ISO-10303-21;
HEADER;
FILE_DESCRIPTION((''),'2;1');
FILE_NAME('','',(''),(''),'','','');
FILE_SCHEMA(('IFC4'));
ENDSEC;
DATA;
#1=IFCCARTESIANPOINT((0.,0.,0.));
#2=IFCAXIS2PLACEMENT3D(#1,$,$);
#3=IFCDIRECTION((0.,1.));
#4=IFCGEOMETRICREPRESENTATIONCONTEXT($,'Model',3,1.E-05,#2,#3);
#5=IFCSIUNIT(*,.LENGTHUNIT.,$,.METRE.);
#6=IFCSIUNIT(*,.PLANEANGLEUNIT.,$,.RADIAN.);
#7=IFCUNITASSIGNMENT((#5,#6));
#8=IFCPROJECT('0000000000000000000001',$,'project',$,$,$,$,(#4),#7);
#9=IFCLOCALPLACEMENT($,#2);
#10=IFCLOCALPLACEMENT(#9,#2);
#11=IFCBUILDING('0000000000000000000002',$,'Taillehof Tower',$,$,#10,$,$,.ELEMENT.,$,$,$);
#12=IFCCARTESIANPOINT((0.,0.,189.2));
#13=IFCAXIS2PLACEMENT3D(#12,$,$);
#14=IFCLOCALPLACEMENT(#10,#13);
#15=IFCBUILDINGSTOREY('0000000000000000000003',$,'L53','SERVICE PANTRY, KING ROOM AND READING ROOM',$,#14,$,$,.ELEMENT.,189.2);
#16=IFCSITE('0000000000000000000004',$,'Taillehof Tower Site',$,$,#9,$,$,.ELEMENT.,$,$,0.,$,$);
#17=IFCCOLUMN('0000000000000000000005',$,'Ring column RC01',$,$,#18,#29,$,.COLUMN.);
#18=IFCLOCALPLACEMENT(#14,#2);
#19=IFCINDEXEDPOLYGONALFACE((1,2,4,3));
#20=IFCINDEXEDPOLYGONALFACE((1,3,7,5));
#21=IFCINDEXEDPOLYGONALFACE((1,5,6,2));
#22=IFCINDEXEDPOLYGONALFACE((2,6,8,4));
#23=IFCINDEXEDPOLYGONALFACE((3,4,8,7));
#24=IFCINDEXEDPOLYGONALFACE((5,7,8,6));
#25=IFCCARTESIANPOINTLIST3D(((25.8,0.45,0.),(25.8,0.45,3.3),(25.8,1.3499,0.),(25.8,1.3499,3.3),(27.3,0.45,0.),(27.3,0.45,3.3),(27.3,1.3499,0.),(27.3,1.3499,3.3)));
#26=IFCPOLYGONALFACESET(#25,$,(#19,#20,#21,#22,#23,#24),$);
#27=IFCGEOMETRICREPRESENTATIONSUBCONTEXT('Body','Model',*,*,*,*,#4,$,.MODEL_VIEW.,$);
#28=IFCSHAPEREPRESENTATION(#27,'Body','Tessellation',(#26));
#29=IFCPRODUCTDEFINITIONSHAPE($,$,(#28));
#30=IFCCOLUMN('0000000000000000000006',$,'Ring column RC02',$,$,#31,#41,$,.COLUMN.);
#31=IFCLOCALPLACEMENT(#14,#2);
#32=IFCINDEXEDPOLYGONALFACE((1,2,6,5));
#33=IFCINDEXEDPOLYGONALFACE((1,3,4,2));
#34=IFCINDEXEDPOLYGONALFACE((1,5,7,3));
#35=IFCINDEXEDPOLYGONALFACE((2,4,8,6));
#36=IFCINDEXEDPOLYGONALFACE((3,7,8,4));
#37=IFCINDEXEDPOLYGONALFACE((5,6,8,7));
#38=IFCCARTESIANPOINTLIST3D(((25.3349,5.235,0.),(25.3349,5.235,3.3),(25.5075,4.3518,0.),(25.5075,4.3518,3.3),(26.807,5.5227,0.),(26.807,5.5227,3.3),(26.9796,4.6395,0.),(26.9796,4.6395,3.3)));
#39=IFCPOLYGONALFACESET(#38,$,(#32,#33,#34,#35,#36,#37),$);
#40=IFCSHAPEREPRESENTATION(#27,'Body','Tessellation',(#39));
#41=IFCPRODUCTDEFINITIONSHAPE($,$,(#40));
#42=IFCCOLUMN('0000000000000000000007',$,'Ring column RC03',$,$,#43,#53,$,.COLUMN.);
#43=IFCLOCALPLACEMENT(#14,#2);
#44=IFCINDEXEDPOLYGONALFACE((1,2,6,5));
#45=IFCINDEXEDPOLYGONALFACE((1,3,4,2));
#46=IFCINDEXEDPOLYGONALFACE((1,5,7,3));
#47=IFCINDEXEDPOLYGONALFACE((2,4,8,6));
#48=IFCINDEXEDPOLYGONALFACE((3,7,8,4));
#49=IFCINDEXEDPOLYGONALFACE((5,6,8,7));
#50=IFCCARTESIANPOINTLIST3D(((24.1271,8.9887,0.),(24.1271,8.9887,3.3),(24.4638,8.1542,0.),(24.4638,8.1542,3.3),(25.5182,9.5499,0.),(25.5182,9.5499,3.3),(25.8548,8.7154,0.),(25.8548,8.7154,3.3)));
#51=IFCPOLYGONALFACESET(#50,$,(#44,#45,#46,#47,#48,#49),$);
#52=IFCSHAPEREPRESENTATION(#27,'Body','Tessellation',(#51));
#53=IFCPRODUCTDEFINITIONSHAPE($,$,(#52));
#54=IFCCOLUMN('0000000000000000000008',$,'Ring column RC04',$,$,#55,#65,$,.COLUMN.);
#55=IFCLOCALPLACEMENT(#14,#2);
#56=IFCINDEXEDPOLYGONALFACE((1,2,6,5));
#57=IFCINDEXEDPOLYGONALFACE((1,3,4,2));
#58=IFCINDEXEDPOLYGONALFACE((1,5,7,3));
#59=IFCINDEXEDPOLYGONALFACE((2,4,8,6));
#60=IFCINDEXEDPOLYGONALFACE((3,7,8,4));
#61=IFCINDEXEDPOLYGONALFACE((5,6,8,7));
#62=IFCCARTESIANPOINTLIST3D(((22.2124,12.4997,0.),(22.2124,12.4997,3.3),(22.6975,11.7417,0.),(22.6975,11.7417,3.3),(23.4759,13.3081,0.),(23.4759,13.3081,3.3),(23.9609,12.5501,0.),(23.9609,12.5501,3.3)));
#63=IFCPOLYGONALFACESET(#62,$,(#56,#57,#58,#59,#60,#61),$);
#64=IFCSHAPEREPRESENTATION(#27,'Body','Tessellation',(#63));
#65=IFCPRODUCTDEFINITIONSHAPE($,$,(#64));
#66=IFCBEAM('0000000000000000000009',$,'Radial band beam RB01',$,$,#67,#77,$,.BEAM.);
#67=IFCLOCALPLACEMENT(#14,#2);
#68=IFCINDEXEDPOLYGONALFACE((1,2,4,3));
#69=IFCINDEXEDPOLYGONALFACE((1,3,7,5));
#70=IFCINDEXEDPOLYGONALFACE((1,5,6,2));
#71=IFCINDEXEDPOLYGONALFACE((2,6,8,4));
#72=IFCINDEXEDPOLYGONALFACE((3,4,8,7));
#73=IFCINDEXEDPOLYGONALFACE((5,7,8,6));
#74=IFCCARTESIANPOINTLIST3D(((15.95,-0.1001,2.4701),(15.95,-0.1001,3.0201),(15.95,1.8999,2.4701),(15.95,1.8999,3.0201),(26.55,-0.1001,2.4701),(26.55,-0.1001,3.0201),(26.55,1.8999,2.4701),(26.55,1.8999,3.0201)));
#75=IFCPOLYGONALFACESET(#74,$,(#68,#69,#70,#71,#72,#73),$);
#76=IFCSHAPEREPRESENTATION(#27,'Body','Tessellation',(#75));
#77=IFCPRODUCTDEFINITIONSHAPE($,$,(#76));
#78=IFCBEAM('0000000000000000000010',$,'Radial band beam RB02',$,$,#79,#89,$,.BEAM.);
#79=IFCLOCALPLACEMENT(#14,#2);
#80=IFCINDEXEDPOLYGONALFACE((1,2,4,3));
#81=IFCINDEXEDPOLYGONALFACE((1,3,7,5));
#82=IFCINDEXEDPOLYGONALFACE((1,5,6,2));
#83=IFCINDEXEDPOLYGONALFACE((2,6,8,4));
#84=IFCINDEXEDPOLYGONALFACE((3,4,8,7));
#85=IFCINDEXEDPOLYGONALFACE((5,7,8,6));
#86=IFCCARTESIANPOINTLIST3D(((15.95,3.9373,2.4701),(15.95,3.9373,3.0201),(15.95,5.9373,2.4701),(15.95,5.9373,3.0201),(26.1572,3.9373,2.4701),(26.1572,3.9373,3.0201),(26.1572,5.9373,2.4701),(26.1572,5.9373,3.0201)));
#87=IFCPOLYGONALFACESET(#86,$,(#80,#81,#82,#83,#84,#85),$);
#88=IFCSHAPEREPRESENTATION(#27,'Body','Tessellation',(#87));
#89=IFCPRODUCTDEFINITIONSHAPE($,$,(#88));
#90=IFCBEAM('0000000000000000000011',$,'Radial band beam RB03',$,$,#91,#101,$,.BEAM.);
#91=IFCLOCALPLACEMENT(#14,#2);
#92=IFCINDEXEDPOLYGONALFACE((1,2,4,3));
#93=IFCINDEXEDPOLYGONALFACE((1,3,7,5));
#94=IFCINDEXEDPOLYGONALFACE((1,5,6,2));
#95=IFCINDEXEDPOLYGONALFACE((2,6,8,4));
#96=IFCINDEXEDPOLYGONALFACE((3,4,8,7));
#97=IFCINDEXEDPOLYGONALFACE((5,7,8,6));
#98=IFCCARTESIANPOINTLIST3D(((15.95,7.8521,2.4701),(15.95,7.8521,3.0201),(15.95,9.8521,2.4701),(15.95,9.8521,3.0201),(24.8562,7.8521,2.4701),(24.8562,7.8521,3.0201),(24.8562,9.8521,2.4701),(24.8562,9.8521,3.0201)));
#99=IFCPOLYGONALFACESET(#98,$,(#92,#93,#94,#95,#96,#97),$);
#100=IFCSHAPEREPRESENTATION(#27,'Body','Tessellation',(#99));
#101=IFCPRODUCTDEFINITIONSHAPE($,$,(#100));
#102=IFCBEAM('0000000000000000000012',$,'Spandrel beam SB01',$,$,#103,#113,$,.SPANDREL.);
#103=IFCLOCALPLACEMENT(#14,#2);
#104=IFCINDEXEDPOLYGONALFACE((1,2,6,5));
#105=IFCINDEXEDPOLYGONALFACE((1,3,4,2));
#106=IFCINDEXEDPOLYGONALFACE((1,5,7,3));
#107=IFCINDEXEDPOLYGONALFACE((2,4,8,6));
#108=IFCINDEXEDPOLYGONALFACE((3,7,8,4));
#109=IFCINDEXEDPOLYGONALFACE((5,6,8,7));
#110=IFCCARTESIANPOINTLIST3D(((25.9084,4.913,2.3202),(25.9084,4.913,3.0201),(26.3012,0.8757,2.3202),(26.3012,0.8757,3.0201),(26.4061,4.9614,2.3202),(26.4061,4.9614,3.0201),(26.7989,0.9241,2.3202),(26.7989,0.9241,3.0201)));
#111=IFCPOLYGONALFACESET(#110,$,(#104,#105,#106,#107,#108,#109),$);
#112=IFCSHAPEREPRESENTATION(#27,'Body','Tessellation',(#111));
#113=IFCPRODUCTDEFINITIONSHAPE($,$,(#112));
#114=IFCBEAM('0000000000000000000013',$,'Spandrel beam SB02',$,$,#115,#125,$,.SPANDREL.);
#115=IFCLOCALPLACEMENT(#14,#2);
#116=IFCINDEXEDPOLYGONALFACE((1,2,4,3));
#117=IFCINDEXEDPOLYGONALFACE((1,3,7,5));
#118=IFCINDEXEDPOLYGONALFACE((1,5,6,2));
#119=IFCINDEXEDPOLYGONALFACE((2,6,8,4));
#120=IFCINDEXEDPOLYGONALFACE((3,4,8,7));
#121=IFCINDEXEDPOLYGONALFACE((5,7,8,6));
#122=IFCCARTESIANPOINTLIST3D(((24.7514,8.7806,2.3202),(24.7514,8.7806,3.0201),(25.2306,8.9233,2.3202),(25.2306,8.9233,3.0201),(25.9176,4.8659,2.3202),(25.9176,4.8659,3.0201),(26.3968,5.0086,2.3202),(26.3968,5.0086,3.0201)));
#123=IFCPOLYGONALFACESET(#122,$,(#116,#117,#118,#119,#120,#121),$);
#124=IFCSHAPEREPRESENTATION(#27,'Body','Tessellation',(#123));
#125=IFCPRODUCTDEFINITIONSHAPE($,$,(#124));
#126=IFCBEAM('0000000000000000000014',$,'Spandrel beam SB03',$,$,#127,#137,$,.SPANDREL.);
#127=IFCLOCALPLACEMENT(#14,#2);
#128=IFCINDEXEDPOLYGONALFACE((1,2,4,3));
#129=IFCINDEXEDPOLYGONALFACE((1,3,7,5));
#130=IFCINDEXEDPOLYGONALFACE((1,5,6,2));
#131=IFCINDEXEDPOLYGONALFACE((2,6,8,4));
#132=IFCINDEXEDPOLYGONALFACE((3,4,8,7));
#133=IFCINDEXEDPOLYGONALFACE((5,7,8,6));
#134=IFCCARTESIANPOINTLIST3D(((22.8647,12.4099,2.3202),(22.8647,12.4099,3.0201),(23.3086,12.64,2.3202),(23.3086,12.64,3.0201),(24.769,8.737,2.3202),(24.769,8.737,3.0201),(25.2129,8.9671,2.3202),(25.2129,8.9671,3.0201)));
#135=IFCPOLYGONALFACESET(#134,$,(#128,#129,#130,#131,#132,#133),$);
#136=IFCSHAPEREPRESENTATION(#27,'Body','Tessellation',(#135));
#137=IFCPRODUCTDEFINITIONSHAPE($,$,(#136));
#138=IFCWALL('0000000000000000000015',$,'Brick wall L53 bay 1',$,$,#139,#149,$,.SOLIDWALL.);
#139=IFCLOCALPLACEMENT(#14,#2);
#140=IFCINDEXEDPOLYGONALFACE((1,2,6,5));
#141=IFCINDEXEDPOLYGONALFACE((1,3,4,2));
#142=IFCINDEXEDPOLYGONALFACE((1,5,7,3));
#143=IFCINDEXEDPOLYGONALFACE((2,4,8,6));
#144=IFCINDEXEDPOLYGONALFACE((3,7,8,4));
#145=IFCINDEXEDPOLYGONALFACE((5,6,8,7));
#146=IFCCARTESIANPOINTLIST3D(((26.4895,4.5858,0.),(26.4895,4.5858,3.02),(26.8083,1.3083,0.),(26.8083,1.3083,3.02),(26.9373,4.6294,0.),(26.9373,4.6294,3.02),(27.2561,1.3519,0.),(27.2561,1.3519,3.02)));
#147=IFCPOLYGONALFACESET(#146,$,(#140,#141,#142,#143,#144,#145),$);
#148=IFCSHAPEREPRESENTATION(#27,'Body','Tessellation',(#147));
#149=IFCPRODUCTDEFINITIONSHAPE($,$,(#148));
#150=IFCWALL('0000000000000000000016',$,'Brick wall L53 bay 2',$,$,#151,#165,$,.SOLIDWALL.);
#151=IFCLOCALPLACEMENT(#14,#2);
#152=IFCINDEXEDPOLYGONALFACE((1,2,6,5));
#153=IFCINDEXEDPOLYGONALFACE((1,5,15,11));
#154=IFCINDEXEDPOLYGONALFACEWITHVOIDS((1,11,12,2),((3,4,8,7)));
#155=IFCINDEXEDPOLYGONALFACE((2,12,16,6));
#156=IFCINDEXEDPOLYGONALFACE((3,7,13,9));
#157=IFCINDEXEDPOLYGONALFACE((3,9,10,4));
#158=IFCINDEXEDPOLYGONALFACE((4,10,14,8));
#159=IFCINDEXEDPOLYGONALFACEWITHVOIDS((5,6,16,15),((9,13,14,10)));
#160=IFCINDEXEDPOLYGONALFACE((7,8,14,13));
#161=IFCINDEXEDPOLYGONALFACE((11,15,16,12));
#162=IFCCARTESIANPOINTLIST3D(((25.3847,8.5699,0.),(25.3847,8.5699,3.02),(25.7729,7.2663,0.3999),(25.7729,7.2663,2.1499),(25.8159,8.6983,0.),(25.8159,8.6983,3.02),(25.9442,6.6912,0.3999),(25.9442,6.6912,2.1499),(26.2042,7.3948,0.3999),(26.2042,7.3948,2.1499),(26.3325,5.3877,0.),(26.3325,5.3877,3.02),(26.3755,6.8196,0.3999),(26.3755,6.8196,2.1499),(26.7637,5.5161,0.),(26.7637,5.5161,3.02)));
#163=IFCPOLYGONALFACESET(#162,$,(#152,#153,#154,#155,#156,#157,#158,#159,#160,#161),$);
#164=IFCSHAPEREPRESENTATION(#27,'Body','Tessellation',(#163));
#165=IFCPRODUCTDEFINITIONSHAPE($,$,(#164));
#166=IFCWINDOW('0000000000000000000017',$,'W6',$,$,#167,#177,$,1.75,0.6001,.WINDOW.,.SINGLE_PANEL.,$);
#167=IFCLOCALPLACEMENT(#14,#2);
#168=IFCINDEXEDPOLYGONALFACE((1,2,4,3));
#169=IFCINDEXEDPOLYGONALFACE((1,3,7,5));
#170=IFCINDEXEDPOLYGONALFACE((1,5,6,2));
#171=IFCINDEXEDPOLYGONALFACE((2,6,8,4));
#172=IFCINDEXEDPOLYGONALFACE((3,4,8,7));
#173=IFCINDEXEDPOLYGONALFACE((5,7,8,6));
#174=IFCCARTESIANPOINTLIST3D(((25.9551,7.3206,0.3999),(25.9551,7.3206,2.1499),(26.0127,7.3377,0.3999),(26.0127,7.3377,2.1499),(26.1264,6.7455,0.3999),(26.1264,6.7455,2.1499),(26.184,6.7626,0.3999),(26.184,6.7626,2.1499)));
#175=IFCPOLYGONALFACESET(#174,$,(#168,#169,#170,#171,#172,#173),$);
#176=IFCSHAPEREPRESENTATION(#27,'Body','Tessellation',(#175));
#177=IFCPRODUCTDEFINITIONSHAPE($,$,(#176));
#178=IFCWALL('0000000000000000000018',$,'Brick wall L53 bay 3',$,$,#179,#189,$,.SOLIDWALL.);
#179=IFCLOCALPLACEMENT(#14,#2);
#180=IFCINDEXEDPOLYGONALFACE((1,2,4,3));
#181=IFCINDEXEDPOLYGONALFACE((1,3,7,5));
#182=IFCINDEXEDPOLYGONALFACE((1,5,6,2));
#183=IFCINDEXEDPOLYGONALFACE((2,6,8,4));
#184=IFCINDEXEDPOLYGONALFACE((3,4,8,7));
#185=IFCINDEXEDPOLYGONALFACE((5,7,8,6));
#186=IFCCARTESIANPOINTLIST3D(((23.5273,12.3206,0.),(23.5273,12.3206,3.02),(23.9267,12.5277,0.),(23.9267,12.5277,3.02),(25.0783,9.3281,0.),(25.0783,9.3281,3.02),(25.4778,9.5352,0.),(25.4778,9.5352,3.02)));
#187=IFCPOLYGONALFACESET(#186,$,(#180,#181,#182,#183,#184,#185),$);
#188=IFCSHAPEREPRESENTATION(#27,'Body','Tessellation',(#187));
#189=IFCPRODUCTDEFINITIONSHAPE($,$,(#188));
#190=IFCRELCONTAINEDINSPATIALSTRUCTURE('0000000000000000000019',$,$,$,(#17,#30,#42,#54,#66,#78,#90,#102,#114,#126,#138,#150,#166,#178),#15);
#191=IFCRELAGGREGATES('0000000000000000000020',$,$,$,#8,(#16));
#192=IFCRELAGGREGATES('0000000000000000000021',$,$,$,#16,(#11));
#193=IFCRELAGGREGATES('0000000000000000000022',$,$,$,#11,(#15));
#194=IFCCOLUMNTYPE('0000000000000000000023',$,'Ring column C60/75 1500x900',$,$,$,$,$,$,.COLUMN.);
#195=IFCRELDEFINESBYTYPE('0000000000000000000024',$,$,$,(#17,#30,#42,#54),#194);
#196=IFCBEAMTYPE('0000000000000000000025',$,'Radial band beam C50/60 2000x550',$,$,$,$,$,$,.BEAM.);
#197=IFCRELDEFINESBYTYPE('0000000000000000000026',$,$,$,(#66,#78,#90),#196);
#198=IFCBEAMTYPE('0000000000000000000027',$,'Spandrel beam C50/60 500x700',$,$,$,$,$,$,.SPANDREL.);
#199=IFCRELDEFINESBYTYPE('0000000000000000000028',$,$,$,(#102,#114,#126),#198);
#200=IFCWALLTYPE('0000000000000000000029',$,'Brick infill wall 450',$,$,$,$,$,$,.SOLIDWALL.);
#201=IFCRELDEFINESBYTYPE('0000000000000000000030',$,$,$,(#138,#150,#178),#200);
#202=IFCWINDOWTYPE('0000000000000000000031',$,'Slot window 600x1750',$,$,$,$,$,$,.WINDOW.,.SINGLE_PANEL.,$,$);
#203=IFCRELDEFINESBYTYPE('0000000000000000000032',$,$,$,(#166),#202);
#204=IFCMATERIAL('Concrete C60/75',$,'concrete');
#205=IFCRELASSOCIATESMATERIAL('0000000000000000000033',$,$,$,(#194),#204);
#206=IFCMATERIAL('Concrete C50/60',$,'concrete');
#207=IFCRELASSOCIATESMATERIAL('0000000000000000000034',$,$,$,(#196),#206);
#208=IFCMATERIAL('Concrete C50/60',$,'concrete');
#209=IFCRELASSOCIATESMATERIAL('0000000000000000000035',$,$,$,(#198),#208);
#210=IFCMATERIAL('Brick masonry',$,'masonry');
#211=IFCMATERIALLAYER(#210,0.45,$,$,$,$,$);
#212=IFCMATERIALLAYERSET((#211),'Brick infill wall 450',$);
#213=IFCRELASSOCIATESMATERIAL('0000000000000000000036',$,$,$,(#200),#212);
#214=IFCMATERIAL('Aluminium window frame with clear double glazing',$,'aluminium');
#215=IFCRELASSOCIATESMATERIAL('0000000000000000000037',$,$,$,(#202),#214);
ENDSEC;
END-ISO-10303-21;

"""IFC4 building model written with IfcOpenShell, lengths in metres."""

from ifc_helpers import new_model, si_unit, direction, frame, frame_2d, origin, origin_2d, place, context, subcontext, project, spatial, rectangle, extrude, material, layer, layer_set, material_profile, profile_set, type_object, element, fill, save


model = new_model("IFC4")

# Units and contexts
model_context = context("Model", 3, precision=1e-05, world=origin(), true_north=direction((0.0, 1.0)))
body_context = subcontext(model_context, "Body", "Model", "MODEL_VIEW")
ifc_project = project(units=[si_unit("LENGTHUNIT", "METRE"), si_unit("PLANEANGLEUNIT", "RADIAN")], contexts=[model_context])

# Site, building, storey
site_placement = place(None, origin())
site = spatial("IfcSite", under=ifc_project, at=site_placement, Name="Taillehof Tower Site", CompositionType="ELEMENT", RefElevation=0.0)
building_placement = place(site_placement, origin())
building = spatial("IfcBuilding", under=site, at=building_placement, Name="Taillehof Tower", CompositionType="ELEMENT")
storey_placement = place(building_placement, frame((0.0, 0.0, 189.2)))
storey = spatial("IfcBuildingStorey", under=building, at=storey_placement, Name="L53", Description="SERVICE PANTRY, KING ROOM AND READING ROOM", CompositionType="ELEMENT", Elevation=189.2)

# Columns
ifc_material_1 = material(Name="Concrete C60/75", Category="concrete")
ifc_material_profile_1 = material_profile(ifc_material_1, rectangle(XDim=1.5, YDim=0.8999, at=origin_2d()), Name="RC 1500x900")
ifc_profile_set_1 = profile_set([ifc_material_profile_1], Name="Concrete C60/75")
column_type = type_object("IfcColumnType", Name="Ring column C60/75 1500x900", PredefinedType="COLUMN", material=ifc_profile_set_1)
for number, where, z_axis, x_axis, name in (
    (1, (26.55, 0.8999, 0.0), (0.0, 0.0, 1.0), (1.0, 0.0, 0.0), "Ring column RC01"),
    (2, (26.1572, 4.9373, 0.0), (0.0, 0.0, 1.0), (0.981434, 0.191801, 0.0), "Ring column RC02"),
    (3, (24.991, 8.8521, 0.0), (0.0, 0.0, 1.0), (0.927385, 0.374108, 0.0), "Ring column RC03"),
    (4, (23.0867, 12.5249, 0.0), (0.0, 0.0, 1.0), (0.842311, 0.538992, 0.0), "Ring column RC04"),
):
    element("IfcColumn", number, at=place(storey_placement, frame(where, z_axis=z_axis, x_axis=x_axis)), inside=storey, type_object=column_type, Name=name, PredefinedType="COLUMN", context=body_context, shape_type="SweptSolid", body=[
        extrude(rectangle(XDim=1.5, YDim=0.8999, at=origin_2d()), origin(), (0.0, 0.0, 1.0), 3.3),
    ])

# Beams
ifc_material_2 = material(Name="Concrete C50/60", Category="concrete")
ifc_material_profile_2 = material_profile(ifc_material_2, rectangle(XDim=2.0, YDim=0.55, at=origin_2d()), Name="RC 2000x550")
ifc_profile_set_2 = profile_set([ifc_material_profile_2], Name="Concrete C50/60")
beam_type_1 = type_object("IfcBeamType", Name="Radial band beam C50/60 2000x550", PredefinedType="BEAM", material=ifc_profile_set_2)
beam_1_placement = place(storey_placement, frame((26.55, 0.8999, 2.7451), z_axis=(-1.0, 0.0, 0.0), x_axis=(0.0, -1.0, 0.0)))
element("IfcBeam", 5, at=beam_1_placement, inside=storey, type_object=beam_type_1, Name="Radial band beam RB01", PredefinedType="BEAM", context=body_context, shape_type="SweptSolid", body=[
    extrude(rectangle(XDim=2.0, YDim=0.55, at=origin_2d()), origin(), (0.0, 0.0, 1.0), 10.6001),
])
beam_2_placement = place(storey_placement, frame((26.1572, 4.9373, 2.7451), z_axis=(-1.0, 0.0, 0.0), x_axis=(0.0, -1.0, 0.0)))
element("IfcBeam", 6, at=beam_2_placement, inside=storey, type_object=beam_type_1, Name="Radial band beam RB02", PredefinedType="BEAM", context=body_context, shape_type="SweptSolid", body=[
    extrude(rectangle(XDim=2.0, YDim=0.55, at=origin_2d()), origin(), (0.0, 0.0, 1.0), 10.2073),
])
beam_3_placement = place(storey_placement, frame((24.8562, 8.8521, 2.7451), z_axis=(-1.0, 0.0, 0.0), x_axis=(0.0, -1.0, 0.0)))
element("IfcBeam", 7, at=beam_3_placement, inside=storey, type_object=beam_type_1, Name="Radial band beam RB03", PredefinedType="BEAM", context=body_context, shape_type="SweptSolid", body=[
    extrude(rectangle(XDim=2.0, YDim=0.55, at=origin_2d()), origin(), (0.0, 0.0, 1.0), 8.9062),
])
ifc_material_3 = material(Name="Concrete C50/60", Category="concrete")
ifc_material_profile_3 = material_profile(ifc_material_3, rectangle(XDim=0.5, YDim=0.7, at=origin_2d()), Name="RC 500x700")
ifc_profile_set_3 = profile_set([ifc_material_profile_3], Name="Concrete C50/60")
beam_type_2 = type_object("IfcBeamType", Name="Spandrel beam C50/60 500x700", PredefinedType="SPANDREL", material=ifc_profile_set_3)
beam_4_placement = place(storey_placement, frame((26.55, 0.8999, 2.6702), z_axis=(-0.09684, 0.9953, 0.0), x_axis=(-0.9953, -0.09684, 0.0)))
element("IfcBeam", 8, at=beam_4_placement, inside=storey, type_object=beam_type_2, Name="Spandrel beam SB01", PredefinedType="SPANDREL", context=body_context, shape_type="SweptSolid", body=[
    extrude(rectangle(XDim=0.5, YDim=0.7, at=origin_2d()), origin(), (0.0, 0.0, 1.0), 4.0564),
])
beam_5_placement = place(storey_placement, frame((26.1572, 4.9373, 2.6702), z_axis=(-0.28551, 0.958376, 0.0), x_axis=(-0.958376, -0.28551, 0.0)))
element("IfcBeam", 9, at=beam_5_placement, inside=storey, type_object=beam_type_2, Name="Spandrel beam SB02", PredefinedType="SPANDREL", context=body_context, shape_type="SweptSolid", body=[
    extrude(rectangle(XDim=0.5, YDim=0.7, at=origin_2d()), origin(), (0.0, 0.0, 1.0), 4.0847),
])
beam_6_placement = place(storey_placement, frame((24.991, 8.8521, 2.6702), z_axis=(-0.46029, 0.887769, 0.0), x_axis=(-0.887769, -0.46029, 0.0)))
element("IfcBeam", 10, at=beam_6_placement, inside=storey, type_object=beam_type_2, Name="Spandrel beam SB03", PredefinedType="SPANDREL", context=body_context, shape_type="SweptSolid", body=[
    extrude(rectangle(XDim=0.5, YDim=0.7, at=origin_2d()), origin(), (0.0, 0.0, 1.0), 4.1372),
])

# Wall
ifc_material_4 = material(Name="Brick masonry", Category="masonry")
ifc_layer_1 = layer(ifc_material_4, 0.45)
ifc_layer_set_1 = layer_set([ifc_layer_1], Name="Brick infill wall 450")
wall_type_1 = type_object("IfcWallType", Name="Brick infill wall 450", PredefinedType="SOLIDWALL", material=ifc_layer_set_1)
wall_1_placement = place(storey_placement, frame((27.0322, 1.3301, 0.0), z_axis=(0.0, 0.0, 1.0), x_axis=(-0.096824, 0.995302, 0.0)))
element("IfcWall", 11, at=wall_1_placement, inside=storey, type_object=wall_type_1, Name="Brick wall L53 bay 1", PredefinedType="SOLIDWALL", context=body_context, shape_type="SweptSolid", body=[
    extrude(rectangle(XDim=3.293, YDim=0.45, at=frame_2d((1.6465, 0.0))), origin(), (0.0, 0.0, 1.0), 3.02),
])

# Wall, opening, window
wall_2_placement = place(storey_placement, frame((26.5481, 5.4519, 0.0), z_axis=(0.0, 0.0, 1.0), x_axis=(-0.285445, 0.958395, 0.0)))
wall_2 = element("IfcWall", 12, at=wall_2_placement, inside=storey, type_object=wall_type_1, Name="Brick wall L53 bay 2", PredefinedType="SOLIDWALL", context=body_context, shape_type="SweptSolid", body=[
    extrude(rectangle(XDim=3.3203, YDim=0.45, at=frame_2d((1.6602, 0.0))), origin(), (0.0, 0.0, 1.0), 3.02),
])
opening_1_placement = place(wall_2_placement, frame((1.3601, 0.0, 0.3999)))
opening_1 = element("IfcOpeningElement", 13, at=opening_1_placement, cuts=wall_2, PredefinedType="OPENING", context=body_context, shape_type="SweptSolid", body=[
    extrude(rectangle(XDim=0.6001, YDim=1.75, at=frame_2d((0.3, 0.875))), frame((0.0, 0.2349, 0.0), z_axis=(0.0, -1.0, 0.0), x_axis=(1.0, 0.0, 0.0)), (0.0, 0.0, 1.0), 0.47),
])
ifc_material_5 = material(Name="Aluminium window frame with clear double glazing", Category="aluminium")
window_type = type_object("IfcWindowType", Name="Slot window 600x1750", PartitioningType="SINGLE_PANEL", PredefinedType="WINDOW", material=ifc_material_5)
window_placement = place(opening_1_placement, origin())
window = element("IfcWindow", 14, at=window_placement, inside=storey, type_object=window_type, Name="W6", OverallHeight=1.75, OverallWidth=0.6001, PartitioningType="SINGLE_PANEL", PredefinedType="WINDOW", context=body_context, shape_type="SweptSolid", body=[
    extrude(rectangle(XDim=0.6001, YDim=1.75, at=frame_2d((0.3, 0.875))), frame((0.0, 0.0349, 0.0), z_axis=(0.0, -1.0, 0.0), x_axis=(1.0, 0.0, 0.0)), (0.0, 0.0, 1.0), 0.0601),
])
fill(opening_1, window)

# Wall
wall_3_placement = place(storey_placement, frame((25.2781, 9.4316, 0.0), z_axis=(0.0, 0.0, 1.0), x_axis=(-0.460176, 0.887828, 0.0)))
element("IfcWall", 15, at=wall_3_placement, inside=storey, type_object=wall_type_1, Name="Brick wall L53 bay 3", PredefinedType="SOLIDWALL", context=body_context, shape_type="SweptSolid", body=[
    extrude(rectangle(XDim=3.3706, YDim=0.45, at=frame_2d((1.6853, 0.0))), origin(), (0.0, 0.0, 1.0), 3.02),
])

save(model, "model.ifc")
